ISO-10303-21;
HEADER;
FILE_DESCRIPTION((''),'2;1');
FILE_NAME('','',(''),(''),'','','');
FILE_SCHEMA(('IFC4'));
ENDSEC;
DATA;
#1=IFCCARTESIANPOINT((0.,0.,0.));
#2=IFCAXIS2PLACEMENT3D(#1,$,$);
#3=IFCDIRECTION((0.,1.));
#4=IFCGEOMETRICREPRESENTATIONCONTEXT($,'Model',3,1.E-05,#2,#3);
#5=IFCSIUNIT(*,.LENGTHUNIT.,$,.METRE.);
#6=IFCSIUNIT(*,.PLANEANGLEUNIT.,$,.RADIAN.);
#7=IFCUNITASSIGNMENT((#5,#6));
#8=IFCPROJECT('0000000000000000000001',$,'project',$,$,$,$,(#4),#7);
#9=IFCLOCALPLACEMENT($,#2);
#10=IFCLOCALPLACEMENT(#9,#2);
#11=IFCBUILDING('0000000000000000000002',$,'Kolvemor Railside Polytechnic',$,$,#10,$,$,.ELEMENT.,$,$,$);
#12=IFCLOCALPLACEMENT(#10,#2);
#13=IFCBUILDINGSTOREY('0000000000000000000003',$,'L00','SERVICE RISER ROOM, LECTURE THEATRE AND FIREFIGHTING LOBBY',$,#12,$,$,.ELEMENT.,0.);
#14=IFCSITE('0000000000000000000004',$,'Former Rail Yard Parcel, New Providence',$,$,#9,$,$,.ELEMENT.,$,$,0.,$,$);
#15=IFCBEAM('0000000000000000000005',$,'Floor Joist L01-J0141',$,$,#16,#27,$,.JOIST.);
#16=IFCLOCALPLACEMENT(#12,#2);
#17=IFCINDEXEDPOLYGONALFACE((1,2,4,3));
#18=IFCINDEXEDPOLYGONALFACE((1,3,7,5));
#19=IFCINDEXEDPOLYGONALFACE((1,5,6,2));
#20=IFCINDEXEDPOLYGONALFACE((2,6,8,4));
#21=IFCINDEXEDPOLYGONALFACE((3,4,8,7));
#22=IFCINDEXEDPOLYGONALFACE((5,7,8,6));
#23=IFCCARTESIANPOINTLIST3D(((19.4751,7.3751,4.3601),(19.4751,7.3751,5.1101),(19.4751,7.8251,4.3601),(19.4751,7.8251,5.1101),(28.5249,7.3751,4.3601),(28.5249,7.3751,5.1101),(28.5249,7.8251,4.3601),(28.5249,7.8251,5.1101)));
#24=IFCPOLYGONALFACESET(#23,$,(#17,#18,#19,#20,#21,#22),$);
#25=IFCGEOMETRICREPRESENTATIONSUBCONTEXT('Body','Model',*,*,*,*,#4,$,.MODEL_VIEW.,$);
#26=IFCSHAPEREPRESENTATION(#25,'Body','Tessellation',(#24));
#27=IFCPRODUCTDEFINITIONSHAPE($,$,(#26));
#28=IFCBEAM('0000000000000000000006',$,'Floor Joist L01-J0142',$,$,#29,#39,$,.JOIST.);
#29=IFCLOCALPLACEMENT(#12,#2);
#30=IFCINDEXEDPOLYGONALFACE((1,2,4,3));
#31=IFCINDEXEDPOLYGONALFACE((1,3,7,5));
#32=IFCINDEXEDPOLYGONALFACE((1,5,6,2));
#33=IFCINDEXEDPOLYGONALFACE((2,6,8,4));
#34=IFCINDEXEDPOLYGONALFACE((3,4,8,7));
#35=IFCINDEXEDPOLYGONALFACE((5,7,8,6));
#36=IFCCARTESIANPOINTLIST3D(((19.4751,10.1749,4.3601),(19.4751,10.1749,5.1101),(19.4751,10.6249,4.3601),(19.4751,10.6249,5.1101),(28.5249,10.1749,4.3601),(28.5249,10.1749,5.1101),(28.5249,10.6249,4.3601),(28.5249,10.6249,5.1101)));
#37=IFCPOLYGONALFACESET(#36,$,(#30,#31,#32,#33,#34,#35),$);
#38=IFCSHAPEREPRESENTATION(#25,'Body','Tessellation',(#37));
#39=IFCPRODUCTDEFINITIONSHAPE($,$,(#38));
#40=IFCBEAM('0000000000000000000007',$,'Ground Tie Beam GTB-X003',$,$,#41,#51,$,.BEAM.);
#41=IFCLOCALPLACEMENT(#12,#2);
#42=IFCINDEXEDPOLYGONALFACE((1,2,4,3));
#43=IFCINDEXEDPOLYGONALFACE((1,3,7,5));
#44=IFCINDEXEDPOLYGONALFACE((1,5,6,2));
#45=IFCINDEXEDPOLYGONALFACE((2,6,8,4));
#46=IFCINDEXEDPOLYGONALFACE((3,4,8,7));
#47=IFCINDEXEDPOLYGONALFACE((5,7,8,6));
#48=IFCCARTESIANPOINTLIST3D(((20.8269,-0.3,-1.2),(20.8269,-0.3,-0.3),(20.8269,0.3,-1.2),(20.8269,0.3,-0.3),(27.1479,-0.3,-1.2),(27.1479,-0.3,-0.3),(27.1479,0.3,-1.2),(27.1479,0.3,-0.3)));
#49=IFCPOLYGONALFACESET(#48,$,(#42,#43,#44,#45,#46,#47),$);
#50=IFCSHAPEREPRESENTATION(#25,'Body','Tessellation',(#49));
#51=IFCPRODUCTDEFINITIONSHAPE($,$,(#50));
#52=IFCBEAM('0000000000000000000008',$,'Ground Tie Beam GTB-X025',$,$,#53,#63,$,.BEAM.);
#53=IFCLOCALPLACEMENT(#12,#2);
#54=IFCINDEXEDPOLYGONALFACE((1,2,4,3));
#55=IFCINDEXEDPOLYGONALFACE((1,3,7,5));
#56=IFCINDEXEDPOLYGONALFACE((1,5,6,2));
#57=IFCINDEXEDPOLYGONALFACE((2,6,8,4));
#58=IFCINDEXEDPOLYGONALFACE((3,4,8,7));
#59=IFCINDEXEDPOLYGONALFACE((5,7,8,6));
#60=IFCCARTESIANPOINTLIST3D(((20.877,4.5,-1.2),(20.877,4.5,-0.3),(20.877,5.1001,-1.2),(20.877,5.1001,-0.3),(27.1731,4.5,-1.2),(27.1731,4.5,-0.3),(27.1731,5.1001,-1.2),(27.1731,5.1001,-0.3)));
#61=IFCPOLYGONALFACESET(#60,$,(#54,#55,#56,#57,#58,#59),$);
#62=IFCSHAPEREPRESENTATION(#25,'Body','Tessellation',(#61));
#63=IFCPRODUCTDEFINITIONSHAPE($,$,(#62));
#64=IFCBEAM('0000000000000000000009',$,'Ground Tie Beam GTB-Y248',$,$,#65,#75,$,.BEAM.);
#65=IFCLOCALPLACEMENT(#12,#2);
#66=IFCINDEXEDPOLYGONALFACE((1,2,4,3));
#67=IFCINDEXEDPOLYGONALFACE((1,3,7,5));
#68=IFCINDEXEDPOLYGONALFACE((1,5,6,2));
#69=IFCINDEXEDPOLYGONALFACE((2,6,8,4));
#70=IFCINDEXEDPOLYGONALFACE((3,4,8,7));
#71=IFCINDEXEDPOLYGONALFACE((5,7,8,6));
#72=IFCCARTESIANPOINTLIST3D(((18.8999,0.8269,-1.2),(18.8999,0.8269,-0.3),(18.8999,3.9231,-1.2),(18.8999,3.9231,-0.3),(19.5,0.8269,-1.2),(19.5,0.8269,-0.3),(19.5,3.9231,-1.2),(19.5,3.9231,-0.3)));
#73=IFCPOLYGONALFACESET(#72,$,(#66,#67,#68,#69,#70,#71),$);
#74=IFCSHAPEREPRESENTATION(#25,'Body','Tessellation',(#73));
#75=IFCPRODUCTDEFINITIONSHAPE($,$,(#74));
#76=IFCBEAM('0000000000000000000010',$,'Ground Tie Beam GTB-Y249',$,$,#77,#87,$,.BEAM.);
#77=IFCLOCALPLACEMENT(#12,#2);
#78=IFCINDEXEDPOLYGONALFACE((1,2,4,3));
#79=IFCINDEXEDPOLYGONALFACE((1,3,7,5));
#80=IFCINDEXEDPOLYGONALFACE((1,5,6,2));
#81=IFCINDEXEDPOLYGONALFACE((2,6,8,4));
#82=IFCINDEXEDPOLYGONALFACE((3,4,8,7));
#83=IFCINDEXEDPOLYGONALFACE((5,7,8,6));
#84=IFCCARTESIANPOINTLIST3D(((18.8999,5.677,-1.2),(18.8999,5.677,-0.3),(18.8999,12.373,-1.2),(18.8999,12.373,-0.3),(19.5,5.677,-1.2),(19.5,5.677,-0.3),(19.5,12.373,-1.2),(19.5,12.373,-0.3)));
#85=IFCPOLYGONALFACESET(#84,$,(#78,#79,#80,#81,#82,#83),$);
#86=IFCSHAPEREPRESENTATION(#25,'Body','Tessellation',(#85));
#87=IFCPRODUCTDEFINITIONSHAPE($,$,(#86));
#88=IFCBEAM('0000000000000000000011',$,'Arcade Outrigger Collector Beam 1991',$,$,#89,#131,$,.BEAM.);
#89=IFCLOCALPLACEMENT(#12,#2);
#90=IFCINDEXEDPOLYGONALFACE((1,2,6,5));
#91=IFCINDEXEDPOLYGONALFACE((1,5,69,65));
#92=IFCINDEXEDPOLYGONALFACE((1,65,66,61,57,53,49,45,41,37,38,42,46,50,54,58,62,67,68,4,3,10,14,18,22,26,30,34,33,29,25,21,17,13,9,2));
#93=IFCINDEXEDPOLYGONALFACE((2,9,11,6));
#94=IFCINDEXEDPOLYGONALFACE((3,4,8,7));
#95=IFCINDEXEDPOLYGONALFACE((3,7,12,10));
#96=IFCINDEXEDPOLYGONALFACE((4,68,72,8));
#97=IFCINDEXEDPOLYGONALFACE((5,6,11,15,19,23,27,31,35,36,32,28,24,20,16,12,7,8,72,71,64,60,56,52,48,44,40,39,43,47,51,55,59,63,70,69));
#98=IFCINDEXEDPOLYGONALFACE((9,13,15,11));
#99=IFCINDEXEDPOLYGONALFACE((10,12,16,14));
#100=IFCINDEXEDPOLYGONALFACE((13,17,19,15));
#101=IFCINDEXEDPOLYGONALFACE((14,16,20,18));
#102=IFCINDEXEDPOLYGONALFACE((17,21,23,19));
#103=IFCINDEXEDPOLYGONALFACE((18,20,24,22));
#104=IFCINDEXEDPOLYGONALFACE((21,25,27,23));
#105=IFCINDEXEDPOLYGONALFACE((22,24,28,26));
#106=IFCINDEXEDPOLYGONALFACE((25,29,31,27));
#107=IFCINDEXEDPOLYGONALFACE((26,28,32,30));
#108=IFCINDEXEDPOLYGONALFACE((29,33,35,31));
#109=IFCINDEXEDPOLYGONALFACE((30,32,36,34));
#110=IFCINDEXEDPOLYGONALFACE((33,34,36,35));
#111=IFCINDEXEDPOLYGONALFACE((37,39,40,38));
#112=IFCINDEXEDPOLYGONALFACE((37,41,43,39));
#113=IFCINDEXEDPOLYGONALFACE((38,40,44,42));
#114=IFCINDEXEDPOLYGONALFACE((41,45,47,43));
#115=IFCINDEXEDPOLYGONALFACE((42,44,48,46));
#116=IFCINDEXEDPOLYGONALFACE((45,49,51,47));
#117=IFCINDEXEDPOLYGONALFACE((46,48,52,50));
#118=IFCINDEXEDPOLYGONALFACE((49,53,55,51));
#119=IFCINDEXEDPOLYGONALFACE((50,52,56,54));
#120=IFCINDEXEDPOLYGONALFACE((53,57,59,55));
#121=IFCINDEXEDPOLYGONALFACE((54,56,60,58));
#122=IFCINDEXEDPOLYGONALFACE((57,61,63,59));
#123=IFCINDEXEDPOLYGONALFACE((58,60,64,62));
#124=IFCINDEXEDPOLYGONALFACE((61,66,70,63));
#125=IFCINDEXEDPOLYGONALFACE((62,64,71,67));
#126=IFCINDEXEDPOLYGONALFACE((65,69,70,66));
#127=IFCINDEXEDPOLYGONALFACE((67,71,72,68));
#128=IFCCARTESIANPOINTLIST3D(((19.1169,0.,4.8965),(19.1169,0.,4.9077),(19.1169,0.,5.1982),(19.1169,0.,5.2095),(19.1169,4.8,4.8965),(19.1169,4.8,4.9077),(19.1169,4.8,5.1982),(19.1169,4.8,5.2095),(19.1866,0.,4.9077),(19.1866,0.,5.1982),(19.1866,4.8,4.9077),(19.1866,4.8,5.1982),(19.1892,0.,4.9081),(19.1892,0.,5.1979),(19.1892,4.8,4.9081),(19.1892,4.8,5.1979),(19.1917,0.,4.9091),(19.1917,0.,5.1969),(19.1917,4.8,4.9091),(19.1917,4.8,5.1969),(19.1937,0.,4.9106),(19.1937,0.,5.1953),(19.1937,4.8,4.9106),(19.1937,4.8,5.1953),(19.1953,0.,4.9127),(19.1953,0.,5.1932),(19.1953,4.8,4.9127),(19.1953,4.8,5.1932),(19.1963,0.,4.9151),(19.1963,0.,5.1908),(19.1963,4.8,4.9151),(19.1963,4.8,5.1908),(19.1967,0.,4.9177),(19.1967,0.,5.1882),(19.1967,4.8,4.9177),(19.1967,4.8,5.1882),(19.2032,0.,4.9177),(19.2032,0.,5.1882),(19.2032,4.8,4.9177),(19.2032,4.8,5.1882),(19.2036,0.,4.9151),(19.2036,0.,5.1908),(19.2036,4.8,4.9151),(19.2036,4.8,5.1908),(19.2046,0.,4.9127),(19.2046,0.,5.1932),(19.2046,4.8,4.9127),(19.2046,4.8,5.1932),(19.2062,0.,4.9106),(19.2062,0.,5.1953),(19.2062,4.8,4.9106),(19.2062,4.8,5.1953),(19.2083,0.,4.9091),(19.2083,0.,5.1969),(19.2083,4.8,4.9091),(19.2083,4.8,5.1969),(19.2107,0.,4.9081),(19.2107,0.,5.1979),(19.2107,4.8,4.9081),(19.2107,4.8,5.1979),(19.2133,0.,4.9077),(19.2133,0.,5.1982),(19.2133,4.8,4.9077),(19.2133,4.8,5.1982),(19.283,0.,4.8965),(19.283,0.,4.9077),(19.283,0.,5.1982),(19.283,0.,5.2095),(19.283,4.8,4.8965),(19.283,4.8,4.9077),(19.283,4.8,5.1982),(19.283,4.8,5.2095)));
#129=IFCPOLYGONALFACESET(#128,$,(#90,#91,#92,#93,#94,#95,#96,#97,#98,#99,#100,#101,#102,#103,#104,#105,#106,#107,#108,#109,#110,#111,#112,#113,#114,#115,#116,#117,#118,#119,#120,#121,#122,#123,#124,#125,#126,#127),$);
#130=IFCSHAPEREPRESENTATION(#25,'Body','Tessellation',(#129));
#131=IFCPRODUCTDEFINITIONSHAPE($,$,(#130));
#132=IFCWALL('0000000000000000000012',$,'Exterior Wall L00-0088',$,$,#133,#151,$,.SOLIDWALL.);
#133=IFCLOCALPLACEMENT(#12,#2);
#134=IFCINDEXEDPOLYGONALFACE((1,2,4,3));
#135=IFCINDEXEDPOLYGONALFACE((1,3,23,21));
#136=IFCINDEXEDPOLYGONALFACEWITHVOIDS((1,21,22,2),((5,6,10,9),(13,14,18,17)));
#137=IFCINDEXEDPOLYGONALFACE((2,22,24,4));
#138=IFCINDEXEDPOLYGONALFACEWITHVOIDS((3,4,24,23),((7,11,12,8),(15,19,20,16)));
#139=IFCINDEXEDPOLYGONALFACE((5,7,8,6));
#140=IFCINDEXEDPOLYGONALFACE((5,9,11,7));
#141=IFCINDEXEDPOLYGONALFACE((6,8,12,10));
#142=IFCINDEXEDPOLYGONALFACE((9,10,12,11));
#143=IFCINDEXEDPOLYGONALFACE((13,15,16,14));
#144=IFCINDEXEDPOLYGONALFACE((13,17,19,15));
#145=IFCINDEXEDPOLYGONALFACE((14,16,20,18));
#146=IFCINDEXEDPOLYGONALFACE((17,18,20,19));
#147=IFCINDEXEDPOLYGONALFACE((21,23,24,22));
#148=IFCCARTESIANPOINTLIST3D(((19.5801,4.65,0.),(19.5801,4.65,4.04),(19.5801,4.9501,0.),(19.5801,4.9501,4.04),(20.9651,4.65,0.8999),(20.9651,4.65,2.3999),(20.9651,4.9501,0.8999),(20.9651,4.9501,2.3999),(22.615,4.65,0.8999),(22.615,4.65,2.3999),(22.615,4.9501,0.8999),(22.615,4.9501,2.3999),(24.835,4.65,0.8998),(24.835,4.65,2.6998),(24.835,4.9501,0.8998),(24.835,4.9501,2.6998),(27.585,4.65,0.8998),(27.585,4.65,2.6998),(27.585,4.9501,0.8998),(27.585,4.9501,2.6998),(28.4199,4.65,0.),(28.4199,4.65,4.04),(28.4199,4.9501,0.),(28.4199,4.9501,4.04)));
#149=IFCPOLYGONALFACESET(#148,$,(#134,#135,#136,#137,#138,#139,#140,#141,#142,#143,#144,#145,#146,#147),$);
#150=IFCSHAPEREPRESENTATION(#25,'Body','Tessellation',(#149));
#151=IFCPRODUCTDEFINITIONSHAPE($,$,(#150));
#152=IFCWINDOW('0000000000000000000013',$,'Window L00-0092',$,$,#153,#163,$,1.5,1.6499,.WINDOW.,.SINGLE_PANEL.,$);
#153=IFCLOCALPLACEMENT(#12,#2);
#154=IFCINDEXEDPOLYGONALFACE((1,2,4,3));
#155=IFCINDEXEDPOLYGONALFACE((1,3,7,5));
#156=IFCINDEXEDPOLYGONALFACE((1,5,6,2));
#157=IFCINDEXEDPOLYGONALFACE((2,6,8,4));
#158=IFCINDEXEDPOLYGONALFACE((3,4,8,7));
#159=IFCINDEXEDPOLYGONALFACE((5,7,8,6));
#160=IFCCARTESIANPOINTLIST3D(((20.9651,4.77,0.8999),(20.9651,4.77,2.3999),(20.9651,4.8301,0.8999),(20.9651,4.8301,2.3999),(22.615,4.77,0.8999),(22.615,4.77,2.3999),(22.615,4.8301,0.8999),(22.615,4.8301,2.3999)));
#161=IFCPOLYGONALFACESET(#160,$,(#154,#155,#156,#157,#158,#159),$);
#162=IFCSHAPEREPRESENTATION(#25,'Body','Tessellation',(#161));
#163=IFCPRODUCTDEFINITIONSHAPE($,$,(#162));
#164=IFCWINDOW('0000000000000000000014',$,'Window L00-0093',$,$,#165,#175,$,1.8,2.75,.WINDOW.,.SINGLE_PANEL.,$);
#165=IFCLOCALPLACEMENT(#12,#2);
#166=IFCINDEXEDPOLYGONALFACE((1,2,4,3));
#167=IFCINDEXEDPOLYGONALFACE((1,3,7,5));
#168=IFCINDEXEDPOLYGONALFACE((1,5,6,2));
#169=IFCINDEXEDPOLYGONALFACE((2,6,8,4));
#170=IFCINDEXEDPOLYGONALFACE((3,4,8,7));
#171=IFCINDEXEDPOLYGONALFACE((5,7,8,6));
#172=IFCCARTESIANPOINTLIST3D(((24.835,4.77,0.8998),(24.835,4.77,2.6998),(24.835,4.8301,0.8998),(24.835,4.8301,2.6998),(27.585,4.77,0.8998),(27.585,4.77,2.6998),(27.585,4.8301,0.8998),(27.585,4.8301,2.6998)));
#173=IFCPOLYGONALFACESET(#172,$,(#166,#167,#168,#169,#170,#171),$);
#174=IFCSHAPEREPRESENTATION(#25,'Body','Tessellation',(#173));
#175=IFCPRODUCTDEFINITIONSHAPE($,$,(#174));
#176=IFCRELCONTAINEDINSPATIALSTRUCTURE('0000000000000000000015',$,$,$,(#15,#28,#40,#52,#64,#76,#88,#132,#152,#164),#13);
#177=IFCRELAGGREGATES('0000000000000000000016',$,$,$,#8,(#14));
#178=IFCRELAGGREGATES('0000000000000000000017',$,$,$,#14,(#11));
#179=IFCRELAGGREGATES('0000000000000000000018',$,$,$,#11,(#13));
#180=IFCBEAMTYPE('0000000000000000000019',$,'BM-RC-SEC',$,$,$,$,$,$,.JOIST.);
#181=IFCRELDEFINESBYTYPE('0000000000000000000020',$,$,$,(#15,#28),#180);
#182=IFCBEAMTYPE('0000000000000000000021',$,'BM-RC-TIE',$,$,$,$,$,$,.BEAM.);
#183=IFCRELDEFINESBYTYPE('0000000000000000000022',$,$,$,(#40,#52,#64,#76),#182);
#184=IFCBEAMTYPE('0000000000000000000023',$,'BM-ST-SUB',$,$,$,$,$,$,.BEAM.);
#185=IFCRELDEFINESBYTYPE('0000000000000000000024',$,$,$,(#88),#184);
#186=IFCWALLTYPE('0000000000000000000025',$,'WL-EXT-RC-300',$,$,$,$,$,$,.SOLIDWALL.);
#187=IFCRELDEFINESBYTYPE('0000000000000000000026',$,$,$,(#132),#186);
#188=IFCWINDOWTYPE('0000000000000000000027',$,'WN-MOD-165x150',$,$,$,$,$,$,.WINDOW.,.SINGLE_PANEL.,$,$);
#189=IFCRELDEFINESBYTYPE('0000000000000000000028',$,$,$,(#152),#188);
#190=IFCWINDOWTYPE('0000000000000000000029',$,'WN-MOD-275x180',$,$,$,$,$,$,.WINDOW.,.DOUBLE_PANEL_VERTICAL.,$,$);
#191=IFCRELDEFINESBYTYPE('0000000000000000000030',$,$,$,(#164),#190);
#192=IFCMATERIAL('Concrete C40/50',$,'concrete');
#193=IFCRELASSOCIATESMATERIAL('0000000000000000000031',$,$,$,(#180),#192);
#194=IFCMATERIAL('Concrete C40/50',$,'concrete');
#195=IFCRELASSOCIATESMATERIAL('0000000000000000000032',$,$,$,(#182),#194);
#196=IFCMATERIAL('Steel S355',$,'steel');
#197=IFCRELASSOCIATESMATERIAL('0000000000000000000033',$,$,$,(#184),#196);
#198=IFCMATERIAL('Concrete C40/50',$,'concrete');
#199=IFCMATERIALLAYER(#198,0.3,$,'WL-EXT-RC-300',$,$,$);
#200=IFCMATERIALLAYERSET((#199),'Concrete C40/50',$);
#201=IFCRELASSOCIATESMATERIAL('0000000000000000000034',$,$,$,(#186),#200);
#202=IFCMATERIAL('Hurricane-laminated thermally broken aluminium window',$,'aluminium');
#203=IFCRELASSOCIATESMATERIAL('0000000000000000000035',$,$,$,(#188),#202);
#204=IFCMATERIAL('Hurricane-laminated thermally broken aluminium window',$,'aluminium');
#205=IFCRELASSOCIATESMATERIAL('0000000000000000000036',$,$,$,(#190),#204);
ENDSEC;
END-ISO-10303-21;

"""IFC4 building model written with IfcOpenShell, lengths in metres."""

from ifc_helpers import new_model, si_unit, direction, frame, frame_2d, origin, origin_2d, place, context, subcontext, project, spatial, rectangle, i_section, extrude, material, layer, layer_set, material_profile, profile_set, type_object, element, fill, save


model = new_model("IFC4")

# Units and contexts
model_context = context("Model", 3, precision=1e-05, world=origin(), true_north=direction((0.0, 1.0)))
body_context = subcontext(model_context, "Body", "Model", "MODEL_VIEW")
ifc_project = project(units=[si_unit("LENGTHUNIT", "METRE"), si_unit("PLANEANGLEUNIT", "RADIAN")], contexts=[model_context])

# Site, building, storey
site_placement = place(None, origin())
site = spatial("IfcSite", under=ifc_project, at=site_placement, Name="Former Rail Yard Parcel, New Providence", CompositionType="ELEMENT", RefElevation=0.0)
building_placement = place(site_placement, origin())
building = spatial("IfcBuilding", under=site, at=building_placement, Name="Kolvemor Railside Polytechnic", CompositionType="ELEMENT")
storey_placement = place(building_placement, origin())
storey = spatial("IfcBuildingStorey", under=building, at=storey_placement, Name="L00", Description="SERVICE RISER ROOM, LECTURE THEATRE AND FIREFIGHTING LOBBY", CompositionType="ELEMENT", Elevation=0.0)

# Beams
ifc_material_1 = material(Name="Concrete C40/50", Category="concrete")
ifc_material_profile_1 = material_profile(ifc_material_1, rectangle(XDim=0.45, YDim=0.75, at=origin_2d()), Name="RC450x750")
ifc_profile_set_1 = profile_set([ifc_material_profile_1], Name="Concrete C40/50")
beam_type_1 = type_object("IfcBeamType", Name="BM-RC-SEC", PredefinedType="JOIST", material=ifc_profile_set_1)
for number, where, z_axis, x_axis, name in (
    (1, (19.4751, 7.6001, 4.7351), (1.0, 0.0, 0.0), (0.0, 1.0, 0.0), "Floor Joist L01-J0141"),
    (2, (19.4751, 10.3999, 4.7351), (1.0, 0.0, 0.0), (0.0, 1.0, 0.0), "Floor Joist L01-J0142"),
):
    element("IfcBeam", number, at=place(storey_placement, frame(where, z_axis=z_axis, x_axis=x_axis)), inside=storey, type_object=beam_type_1, Name=name, PredefinedType="JOIST", context=body_context, shape_type="SweptSolid", body=[
        extrude(rectangle(XDim=0.45, YDim=0.75, at=origin_2d()), origin(), (0.0, 0.0, 1.0), 9.0498),
    ])
ifc_material_2 = material(Name="Concrete C40/50", Category="concrete")
ifc_material_profile_2 = material_profile(ifc_material_2, rectangle(XDim=0.6001, YDim=0.8999, at=origin_2d()), Name="RC600x900")
ifc_profile_set_2 = profile_set([ifc_material_profile_2], Name="Concrete C40/50")
beam_type_2 = type_object("IfcBeamType", Name="BM-RC-TIE", PredefinedType="BEAM", material=ifc_profile_set_2)
beam_1_placement = place(storey_placement, frame((20.8269, 0.0, -0.75), z_axis=(1.0, 0.0, 0.0), x_axis=(0.0, 1.0, 0.0)))
element("IfcBeam", 3, at=beam_1_placement, inside=storey, type_object=beam_type_2, Name="Ground Tie Beam GTB-X003", PredefinedType="BEAM", context=body_context, shape_type="SweptSolid", body=[
    extrude(rectangle(XDim=0.6001, YDim=0.8999, at=origin_2d()), origin(), (0.0, 0.0, 1.0), 6.321),
])
beam_2_placement = place(storey_placement, frame((20.877, 4.8, -0.75), z_axis=(1.0, 0.0, 0.0), x_axis=(0.0, 1.0, 0.0)))
element("IfcBeam", 4, at=beam_2_placement, inside=storey, type_object=beam_type_2, Name="Ground Tie Beam GTB-X025", PredefinedType="BEAM", context=body_context, shape_type="SweptSolid", body=[
    extrude(rectangle(XDim=0.6001, YDim=0.8999, at=origin_2d()), origin(), (0.0, 0.0, 1.0), 6.2961),
])
beam_3_placement = place(storey_placement, frame((19.2, 0.8269, -0.75), z_axis=(0.0, 1.0, 0.0), x_axis=(-1.0, 0.0, 0.0)))
element("IfcBeam", 5, at=beam_3_placement, inside=storey, type_object=beam_type_2, Name="Ground Tie Beam GTB-Y248", PredefinedType="BEAM", context=body_context, shape_type="SweptSolid", body=[
    extrude(rectangle(XDim=0.6001, YDim=0.8999, at=origin_2d()), origin(), (0.0, 0.0, 1.0), 3.0962),
])
beam_4_placement = place(storey_placement, frame((19.2, 5.677, -0.75), z_axis=(0.0, 1.0, 0.0), x_axis=(-1.0, 0.0, 0.0)))
element("IfcBeam", 6, at=beam_4_placement, inside=storey, type_object=beam_type_2, Name="Ground Tie Beam GTB-Y249", PredefinedType="BEAM", context=body_context, shape_type="SweptSolid", body=[
    extrude(rectangle(XDim=0.6001, YDim=0.8999, at=origin_2d()), origin(), (0.0, 0.0, 1.0), 6.696),
])
ifc_material_3 = material(Name="Steel S355", Category="steel")
ifc_material_profile_3 = material_profile(ifc_material_3, i_section(OverallWidth=0.166, OverallDepth=0.313, WebThickness=0.0066, FlangeThickness=0.0112, FilletRadius=0.01, at=origin_2d()), Name="W310x45")
ifc_profile_set_3 = profile_set([ifc_material_profile_3], Name="Steel S355")
beam_type_3 = type_object("IfcBeamType", Name="BM-ST-SUB", PredefinedType="BEAM", material=ifc_profile_set_3)
beam_5_placement = place(storey_placement, frame((19.2, 0.0, 5.053), z_axis=(0.0, 1.0, 0.0), x_axis=(-1.0, 0.0, 0.0)))
element("IfcBeam", 7, at=beam_5_placement, inside=storey, type_object=beam_type_3, Name="Arcade Outrigger Collector Beam 1991", PredefinedType="BEAM", context=body_context, shape_type="SweptSolid", body=[
    extrude(i_section(OverallWidth=0.166, OverallDepth=0.313, WebThickness=0.0066, FlangeThickness=0.0112, FilletRadius=0.01, at=origin_2d()), origin(), (0.0, 0.0, 1.0), 4.8),
])

# Wall, openings, windows
ifc_material_4 = material(Name="Concrete C40/50", Category="concrete")
ifc_layer = layer(ifc_material_4, 0.3, Name="WL-EXT-RC-300")
ifc_layer_set = layer_set([ifc_layer], Name="Concrete C40/50")
wall_type = type_object("IfcWallType", Name="WL-EXT-RC-300", PredefinedType="SOLIDWALL", material=ifc_layer_set)
wall_placement = place(storey_placement, frame((19.5801, 4.8, 0.0), z_axis=(0.0, 0.0, 1.0), x_axis=(1.0, 0.0, 0.0)))
wall = element("IfcWall", 8, at=wall_placement, inside=storey, type_object=wall_type, Name="Exterior Wall L00-0088", PredefinedType="SOLIDWALL", context=body_context, shape_type="SweptSolid", body=[
    extrude(rectangle(XDim=8.8398, YDim=0.3, at=frame_2d((4.4199, 0.0))), origin(), (0.0, 0.0, 1.0), 4.04),
])
opening_1_placement = place(wall_placement, frame((1.385, 0.0, 0.8999)))
opening_1 = element("IfcOpeningElement", 9, at=opening_1_placement, cuts=wall, PredefinedType="OPENING", context=body_context, shape_type="SweptSolid", body=[
    extrude(rectangle(XDim=1.6499, YDim=1.5, at=frame_2d((0.825, 0.75))), frame((0.0, 0.1599, 0.0), z_axis=(0.0, -1.0, 0.0), x_axis=(1.0, 0.0, 0.0)), (0.0, 0.0, 1.0), 0.3201),
])
opening_2_placement = place(wall_placement, frame((5.2549, 0.0, 0.8999)))
opening_2 = element("IfcOpeningElement", 10, at=opening_2_placement, cuts=wall, PredefinedType="OPENING", context=body_context, shape_type="SweptSolid", body=[
    extrude(rectangle(XDim=2.75, YDim=1.8, at=frame_2d((1.375, 0.8999))), frame((0.0, 0.1599, 0.0), z_axis=(0.0, -1.0, 0.0), x_axis=(1.0, 0.0, 0.0)), (0.0, 0.0, 1.0), 0.3201),
])
ifc_material_5 = material(Name="Hurricane-laminated thermally broken aluminium window", Category="aluminium")
window_type_1 = type_object("IfcWindowType", Name="WN-MOD-165x150", PartitioningType="SINGLE_PANEL", PredefinedType="WINDOW", material=ifc_material_5)
window_1_placement = place(opening_1_placement, origin())
window_1 = element("IfcWindow", 11, at=window_1_placement, inside=storey, type_object=window_type_1, Name="Window L00-0092", OverallHeight=1.5, OverallWidth=1.6499, PartitioningType="SINGLE_PANEL", PredefinedType="WINDOW", context=body_context, shape_type="SweptSolid", body=[
    extrude(rectangle(XDim=1.6499, YDim=1.5, at=frame_2d((0.825, 0.75))), frame((0.0, 0.03, 0.0), z_axis=(0.0, -1.0, 0.0), x_axis=(1.0, 0.0, 0.0)), (0.0, 0.0, 1.0), 0.0601),
])
fill(opening_1, window_1)
ifc_material_6 = material(Name="Hurricane-laminated thermally broken aluminium window", Category="aluminium")
window_type_2 = type_object("IfcWindowType", Name="WN-MOD-275x180", PartitioningType="DOUBLE_PANEL_VERTICAL", PredefinedType="WINDOW", material=ifc_material_6)
window_2_placement = place(opening_2_placement, origin())
window_2 = element("IfcWindow", 12, at=window_2_placement, inside=storey, type_object=window_type_2, Name="Window L00-0093", OverallHeight=1.8, OverallWidth=2.75, PartitioningType="SINGLE_PANEL", PredefinedType="WINDOW", context=body_context, shape_type="SweptSolid", body=[
    extrude(rectangle(XDim=2.75, YDim=1.8, at=frame_2d((1.375, 0.8999))), frame((0.0, 0.03, 0.0), z_axis=(0.0, -1.0, 0.0), x_axis=(1.0, 0.0, 0.0)), (0.0, 0.0, 1.0), 0.0601),
])
fill(opening_2, window_2)

save(model, "model.ifc")
